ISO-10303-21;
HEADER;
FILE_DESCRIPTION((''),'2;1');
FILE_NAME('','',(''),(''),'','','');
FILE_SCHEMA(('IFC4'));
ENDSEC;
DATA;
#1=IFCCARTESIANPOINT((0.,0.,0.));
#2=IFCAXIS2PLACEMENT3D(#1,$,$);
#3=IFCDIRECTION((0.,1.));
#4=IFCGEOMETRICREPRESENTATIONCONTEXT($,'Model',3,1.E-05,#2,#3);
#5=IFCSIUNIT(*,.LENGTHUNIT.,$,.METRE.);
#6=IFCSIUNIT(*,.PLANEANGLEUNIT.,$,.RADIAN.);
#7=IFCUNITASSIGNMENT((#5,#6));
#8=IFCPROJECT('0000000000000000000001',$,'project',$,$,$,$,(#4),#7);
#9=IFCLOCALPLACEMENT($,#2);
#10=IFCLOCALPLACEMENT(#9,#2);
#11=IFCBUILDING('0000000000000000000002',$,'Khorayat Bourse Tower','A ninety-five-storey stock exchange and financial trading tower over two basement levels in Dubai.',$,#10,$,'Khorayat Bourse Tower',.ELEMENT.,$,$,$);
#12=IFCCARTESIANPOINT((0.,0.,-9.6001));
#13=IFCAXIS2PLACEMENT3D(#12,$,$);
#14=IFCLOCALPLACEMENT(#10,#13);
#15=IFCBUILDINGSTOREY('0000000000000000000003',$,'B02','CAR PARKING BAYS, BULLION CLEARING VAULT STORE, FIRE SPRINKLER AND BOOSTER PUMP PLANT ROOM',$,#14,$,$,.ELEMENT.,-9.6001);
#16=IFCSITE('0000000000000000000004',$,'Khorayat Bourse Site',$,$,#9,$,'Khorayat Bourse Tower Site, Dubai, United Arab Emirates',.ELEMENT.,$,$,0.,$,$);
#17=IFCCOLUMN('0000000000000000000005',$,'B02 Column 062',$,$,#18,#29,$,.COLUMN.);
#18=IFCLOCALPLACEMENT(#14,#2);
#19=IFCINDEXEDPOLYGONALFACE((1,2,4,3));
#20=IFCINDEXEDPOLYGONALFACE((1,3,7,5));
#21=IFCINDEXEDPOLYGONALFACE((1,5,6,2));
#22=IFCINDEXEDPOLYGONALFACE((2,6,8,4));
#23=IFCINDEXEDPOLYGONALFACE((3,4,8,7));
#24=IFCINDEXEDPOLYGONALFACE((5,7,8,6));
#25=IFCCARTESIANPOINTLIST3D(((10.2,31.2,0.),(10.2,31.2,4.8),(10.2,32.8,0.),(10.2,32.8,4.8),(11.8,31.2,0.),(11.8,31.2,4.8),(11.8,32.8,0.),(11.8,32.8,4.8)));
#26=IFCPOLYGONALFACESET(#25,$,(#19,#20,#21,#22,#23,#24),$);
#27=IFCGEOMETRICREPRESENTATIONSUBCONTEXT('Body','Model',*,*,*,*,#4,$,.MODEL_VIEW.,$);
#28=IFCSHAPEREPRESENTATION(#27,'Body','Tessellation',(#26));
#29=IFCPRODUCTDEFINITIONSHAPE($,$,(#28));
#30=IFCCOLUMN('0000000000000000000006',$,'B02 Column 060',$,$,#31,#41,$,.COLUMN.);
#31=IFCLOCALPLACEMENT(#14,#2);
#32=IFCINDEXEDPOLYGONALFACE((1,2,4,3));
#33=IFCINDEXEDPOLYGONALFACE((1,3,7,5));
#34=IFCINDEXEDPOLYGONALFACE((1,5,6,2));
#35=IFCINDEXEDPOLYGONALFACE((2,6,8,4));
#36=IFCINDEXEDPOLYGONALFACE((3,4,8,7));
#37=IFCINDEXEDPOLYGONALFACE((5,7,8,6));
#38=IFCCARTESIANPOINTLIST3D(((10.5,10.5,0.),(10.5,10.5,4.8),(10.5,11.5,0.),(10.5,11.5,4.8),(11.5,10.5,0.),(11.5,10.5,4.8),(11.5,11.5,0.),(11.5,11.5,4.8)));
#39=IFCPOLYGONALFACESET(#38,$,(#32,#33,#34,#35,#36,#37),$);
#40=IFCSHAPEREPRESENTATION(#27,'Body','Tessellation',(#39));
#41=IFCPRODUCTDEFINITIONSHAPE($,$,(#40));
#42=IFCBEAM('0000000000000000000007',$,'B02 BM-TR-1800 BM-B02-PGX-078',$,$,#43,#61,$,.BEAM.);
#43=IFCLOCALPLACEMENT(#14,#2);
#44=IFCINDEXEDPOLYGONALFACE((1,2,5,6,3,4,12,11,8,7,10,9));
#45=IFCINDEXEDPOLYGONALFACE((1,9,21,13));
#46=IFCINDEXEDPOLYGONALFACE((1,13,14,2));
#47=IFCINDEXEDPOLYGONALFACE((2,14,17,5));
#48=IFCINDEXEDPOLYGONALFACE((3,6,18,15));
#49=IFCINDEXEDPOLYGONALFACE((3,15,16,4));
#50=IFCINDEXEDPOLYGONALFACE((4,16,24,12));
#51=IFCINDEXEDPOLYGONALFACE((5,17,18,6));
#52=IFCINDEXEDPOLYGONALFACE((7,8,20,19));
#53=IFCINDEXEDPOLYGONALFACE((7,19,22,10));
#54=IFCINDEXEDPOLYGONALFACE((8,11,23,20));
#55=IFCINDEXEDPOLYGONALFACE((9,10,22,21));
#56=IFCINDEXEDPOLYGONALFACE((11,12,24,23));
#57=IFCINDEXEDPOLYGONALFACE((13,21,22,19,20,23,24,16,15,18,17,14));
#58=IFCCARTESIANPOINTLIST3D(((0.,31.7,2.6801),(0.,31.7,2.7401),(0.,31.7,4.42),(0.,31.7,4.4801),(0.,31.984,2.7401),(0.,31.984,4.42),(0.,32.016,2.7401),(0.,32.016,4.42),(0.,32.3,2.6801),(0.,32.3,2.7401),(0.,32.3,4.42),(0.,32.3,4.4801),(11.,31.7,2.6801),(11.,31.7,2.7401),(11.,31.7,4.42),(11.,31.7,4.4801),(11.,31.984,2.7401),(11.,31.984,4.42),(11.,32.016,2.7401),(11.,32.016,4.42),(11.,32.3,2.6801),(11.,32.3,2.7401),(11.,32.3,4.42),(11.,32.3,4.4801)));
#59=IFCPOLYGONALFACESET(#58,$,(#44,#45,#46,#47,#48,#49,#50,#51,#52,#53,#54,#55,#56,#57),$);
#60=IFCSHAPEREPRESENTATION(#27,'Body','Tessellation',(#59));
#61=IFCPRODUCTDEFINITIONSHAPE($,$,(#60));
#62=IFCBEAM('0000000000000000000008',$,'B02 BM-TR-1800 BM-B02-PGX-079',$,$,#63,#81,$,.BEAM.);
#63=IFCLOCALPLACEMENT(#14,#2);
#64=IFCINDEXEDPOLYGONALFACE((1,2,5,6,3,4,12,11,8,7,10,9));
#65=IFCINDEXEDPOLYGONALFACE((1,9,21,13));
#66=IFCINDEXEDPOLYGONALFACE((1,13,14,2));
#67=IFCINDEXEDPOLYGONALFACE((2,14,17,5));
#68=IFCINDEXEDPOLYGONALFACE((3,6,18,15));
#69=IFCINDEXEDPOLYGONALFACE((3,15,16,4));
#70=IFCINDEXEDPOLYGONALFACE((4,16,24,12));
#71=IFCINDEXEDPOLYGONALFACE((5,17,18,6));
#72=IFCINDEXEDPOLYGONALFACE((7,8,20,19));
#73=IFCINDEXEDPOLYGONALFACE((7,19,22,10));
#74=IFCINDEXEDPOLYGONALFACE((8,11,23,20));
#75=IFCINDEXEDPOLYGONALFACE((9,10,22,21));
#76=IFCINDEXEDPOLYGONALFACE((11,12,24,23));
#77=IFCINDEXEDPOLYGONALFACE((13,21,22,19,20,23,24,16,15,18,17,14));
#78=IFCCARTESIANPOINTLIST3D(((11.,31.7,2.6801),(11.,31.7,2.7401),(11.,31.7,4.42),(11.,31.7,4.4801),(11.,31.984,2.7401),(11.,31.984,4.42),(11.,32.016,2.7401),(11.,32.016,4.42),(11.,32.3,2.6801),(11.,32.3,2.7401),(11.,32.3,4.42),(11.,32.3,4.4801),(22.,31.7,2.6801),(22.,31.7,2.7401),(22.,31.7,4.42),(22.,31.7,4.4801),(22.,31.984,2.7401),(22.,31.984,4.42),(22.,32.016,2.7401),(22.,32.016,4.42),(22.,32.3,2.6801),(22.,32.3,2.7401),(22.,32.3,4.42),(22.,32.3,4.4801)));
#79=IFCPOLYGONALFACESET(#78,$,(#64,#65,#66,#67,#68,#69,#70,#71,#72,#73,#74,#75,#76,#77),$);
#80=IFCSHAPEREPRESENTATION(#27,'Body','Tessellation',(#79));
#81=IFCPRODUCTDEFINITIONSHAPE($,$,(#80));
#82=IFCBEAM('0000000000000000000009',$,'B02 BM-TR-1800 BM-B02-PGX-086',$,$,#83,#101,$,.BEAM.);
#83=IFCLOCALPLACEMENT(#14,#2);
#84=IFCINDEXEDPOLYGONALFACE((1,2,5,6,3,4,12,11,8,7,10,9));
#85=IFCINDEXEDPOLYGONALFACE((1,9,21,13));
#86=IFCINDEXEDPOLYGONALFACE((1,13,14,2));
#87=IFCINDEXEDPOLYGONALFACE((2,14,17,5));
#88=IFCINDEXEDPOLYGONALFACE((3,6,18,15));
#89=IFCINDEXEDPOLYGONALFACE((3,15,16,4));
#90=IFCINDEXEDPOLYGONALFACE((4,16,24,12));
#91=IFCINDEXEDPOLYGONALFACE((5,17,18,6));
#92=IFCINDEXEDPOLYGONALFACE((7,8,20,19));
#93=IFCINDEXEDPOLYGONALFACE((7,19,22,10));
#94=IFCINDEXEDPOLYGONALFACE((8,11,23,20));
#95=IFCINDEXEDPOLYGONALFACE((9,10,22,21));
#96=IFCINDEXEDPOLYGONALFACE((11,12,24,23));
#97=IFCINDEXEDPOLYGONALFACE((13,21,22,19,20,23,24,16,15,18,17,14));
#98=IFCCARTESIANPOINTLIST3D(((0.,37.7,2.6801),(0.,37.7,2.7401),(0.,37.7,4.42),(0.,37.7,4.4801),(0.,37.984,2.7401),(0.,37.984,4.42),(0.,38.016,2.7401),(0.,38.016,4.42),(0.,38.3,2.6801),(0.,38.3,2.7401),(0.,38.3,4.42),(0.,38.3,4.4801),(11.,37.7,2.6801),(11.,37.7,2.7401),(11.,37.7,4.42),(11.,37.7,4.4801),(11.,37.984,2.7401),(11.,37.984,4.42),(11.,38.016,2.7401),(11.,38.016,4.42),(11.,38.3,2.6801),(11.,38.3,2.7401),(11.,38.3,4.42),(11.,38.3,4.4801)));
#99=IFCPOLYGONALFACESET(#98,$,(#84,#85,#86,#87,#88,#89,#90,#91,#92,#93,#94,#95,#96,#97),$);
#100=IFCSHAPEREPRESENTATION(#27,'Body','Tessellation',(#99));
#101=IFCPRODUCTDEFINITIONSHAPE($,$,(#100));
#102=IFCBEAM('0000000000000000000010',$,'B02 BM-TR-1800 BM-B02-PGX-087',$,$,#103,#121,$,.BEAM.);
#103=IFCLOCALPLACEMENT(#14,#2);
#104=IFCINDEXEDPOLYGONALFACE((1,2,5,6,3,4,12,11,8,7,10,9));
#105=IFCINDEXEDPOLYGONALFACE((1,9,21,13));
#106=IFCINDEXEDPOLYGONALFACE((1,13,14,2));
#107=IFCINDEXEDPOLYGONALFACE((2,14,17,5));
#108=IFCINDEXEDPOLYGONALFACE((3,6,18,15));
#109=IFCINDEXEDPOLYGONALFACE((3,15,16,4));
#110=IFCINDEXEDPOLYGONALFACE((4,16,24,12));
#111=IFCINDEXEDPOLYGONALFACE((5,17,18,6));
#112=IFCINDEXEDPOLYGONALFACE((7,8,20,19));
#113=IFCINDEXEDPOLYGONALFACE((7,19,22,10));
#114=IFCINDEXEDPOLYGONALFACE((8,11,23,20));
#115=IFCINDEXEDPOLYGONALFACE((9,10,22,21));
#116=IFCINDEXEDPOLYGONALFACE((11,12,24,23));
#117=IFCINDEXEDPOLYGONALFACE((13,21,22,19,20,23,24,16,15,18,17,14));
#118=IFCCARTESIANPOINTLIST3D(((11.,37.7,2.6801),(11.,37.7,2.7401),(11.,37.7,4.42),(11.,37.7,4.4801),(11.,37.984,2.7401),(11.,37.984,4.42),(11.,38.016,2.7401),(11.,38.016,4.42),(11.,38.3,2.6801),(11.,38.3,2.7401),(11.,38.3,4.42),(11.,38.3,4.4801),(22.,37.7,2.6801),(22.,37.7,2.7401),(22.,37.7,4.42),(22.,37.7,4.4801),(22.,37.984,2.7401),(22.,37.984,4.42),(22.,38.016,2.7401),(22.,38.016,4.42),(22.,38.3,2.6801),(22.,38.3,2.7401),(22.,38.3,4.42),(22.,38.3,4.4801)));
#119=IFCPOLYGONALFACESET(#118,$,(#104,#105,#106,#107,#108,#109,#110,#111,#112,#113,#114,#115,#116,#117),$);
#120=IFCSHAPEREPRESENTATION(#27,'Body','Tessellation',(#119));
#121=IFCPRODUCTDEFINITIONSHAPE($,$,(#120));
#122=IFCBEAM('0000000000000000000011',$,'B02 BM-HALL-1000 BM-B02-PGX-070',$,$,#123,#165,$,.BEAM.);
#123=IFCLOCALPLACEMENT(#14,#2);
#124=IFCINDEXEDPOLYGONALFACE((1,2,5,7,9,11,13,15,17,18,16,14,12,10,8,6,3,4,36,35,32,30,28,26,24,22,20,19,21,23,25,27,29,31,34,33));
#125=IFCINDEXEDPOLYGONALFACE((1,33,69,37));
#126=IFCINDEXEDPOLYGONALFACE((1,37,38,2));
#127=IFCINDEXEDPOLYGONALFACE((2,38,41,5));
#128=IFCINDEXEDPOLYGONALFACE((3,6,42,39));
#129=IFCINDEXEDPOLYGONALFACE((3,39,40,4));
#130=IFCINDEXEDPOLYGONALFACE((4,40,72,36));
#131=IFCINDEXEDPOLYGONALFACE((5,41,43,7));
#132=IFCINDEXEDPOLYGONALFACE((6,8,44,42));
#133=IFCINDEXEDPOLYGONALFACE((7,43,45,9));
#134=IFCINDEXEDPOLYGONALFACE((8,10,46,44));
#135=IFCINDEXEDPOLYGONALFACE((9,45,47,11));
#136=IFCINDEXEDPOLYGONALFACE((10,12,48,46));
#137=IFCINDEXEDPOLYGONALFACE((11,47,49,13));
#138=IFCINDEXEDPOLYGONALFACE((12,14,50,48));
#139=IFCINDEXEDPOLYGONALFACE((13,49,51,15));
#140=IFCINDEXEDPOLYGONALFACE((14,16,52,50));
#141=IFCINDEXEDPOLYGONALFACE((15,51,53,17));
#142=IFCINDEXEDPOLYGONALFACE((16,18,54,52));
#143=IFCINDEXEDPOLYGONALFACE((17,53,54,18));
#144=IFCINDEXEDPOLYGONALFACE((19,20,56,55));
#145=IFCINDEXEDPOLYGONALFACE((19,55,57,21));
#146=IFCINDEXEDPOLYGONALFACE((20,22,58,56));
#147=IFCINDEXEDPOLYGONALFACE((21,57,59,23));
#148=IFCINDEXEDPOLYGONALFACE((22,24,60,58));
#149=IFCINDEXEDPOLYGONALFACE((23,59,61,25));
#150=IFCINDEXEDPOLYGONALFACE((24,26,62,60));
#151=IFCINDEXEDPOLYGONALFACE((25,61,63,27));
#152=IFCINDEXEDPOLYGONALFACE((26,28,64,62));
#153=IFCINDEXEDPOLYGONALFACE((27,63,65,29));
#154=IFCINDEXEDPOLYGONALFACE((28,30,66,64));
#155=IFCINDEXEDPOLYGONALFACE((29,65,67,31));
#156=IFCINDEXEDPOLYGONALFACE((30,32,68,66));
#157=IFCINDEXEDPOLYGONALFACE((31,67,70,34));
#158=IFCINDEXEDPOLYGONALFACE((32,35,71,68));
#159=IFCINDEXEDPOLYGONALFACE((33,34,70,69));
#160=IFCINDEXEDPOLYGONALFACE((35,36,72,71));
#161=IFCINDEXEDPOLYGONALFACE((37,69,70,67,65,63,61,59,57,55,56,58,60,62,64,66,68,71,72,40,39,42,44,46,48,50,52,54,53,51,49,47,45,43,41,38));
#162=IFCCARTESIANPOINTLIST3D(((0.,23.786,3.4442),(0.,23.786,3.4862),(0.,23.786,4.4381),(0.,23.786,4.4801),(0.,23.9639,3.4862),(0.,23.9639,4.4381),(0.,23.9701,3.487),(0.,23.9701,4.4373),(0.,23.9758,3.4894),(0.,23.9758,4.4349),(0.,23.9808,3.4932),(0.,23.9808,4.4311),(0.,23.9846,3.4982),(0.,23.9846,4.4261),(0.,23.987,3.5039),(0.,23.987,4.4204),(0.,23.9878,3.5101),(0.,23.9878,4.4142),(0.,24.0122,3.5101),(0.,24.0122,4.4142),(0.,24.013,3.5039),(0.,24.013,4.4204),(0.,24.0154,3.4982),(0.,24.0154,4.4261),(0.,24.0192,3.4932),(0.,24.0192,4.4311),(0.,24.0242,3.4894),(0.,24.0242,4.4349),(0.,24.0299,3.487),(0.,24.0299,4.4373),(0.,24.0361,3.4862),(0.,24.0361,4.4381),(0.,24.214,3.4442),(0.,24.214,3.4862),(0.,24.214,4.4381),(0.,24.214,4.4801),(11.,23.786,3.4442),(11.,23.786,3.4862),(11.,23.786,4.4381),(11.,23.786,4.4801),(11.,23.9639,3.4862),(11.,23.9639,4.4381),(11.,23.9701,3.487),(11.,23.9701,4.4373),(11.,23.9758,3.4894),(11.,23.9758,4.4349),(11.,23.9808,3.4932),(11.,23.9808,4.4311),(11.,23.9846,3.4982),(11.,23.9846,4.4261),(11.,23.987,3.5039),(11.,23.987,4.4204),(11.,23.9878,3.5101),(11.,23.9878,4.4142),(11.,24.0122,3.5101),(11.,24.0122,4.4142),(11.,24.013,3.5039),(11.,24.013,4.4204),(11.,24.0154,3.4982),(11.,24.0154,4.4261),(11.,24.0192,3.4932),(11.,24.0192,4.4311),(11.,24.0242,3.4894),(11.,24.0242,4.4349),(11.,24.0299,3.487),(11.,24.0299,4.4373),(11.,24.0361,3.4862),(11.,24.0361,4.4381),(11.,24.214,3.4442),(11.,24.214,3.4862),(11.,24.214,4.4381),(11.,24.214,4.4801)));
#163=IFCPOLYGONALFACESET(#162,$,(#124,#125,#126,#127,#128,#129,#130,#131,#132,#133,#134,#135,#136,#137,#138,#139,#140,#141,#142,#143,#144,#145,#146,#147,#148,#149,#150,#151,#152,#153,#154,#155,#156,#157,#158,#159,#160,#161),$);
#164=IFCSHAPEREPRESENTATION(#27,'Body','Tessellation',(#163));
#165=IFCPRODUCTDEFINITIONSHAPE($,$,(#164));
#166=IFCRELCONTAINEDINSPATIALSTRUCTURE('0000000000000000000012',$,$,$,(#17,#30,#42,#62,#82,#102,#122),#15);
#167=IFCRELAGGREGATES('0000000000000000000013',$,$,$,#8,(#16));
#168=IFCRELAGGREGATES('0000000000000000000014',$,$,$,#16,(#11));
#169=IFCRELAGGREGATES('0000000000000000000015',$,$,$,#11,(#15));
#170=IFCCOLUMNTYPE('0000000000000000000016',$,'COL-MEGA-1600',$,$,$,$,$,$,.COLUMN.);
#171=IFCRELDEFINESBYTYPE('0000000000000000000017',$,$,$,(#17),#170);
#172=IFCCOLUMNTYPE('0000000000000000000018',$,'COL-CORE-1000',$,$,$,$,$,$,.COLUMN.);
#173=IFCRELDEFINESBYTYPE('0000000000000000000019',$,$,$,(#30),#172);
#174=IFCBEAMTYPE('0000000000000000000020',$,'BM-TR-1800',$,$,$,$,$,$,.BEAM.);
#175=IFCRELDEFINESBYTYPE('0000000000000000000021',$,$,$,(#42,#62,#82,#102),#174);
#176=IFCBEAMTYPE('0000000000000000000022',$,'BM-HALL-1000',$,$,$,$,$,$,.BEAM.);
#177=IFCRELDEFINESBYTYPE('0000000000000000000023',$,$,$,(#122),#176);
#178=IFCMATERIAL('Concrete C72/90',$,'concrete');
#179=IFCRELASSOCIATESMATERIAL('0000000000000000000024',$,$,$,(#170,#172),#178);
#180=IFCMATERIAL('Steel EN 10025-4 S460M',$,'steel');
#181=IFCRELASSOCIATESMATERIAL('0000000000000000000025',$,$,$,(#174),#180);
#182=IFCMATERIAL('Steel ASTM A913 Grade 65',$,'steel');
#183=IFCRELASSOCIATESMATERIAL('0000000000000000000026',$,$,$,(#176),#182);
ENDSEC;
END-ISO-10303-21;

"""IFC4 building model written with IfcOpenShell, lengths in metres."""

from ifc_helpers import new_model, si_unit, direction, frame, origin, origin_2d, place, context, subcontext, project, spatial, rectangle, i_section, extrude, source, transform, mapped, material, material_profile, profile_set, type_object, element, save


model = new_model("IFC4")

# Units and contexts
model_context = context("Model", 3, precision=1e-05, world=origin(), true_north=direction((0.0, 1.0)))
body_context = subcontext(model_context, "Body", "Model", "MODEL_VIEW")
ifc_project = project(units=[si_unit("LENGTHUNIT", "METRE"), si_unit("PLANEANGLEUNIT", "RADIAN")], contexts=[model_context])

# Site, building, storey
site_placement = place(None, origin())
site = spatial("IfcSite", under=ifc_project, at=site_placement, Name="Khorayat Bourse Site", LongName="Khorayat Bourse Tower Site, Dubai, United Arab Emirates", CompositionType="ELEMENT", RefElevation=0.0)
building_placement = place(site_placement, origin())
building = spatial("IfcBuilding", under=site, at=building_placement, Name="Khorayat Bourse Tower", Description="A ninety-five-storey stock exchange and financial trading tower over two basement levels in Dubai.", LongName="Khorayat Bourse Tower", CompositionType="ELEMENT")
storey_placement = place(building_placement, frame((0.0, 0.0, -9.6001)))
storey = spatial("IfcBuildingStorey", under=building, at=storey_placement, Name="B02", Description="CAR PARKING BAYS, BULLION CLEARING VAULT STORE, FIRE SPRINKLER AND BOOSTER PUMP PLANT ROOM", CompositionType="ELEMENT", Elevation=-9.6001)

# Columns
ifc_material_1 = material(Name="Concrete C72/90", Category="concrete")
ifc_material_profile_1 = material_profile(ifc_material_1, rectangle(XDim=1.6001, YDim=1.6001, at=origin_2d()), Name="RC 1600x1600")
ifc_profile_set_1 = profile_set([ifc_material_profile_1], Name="Concrete C72/90")
column_type_1 = type_object("IfcColumnType", Name="COL-MEGA-1600", PredefinedType="COLUMN", material=ifc_profile_set_1)
shared_shape_1 = source(origin(), body_context, "Body", "SweptSolid", [
    extrude(rectangle(XDim=1.6001, YDim=1.6001, at=origin_2d()), origin(), (0.0, 0.0, 1.0), 4.8),
])
for number, where, z_axis, x_axis, name in (
    (1, (11.0, 32.0, 0.0), (0.0, 0.0, 1.0), (1.0, 0.0, 0.0), "B02 Column 062"),
):
    element("IfcColumn", number, at=place(storey_placement, frame(where, z_axis=z_axis, x_axis=x_axis)), inside=storey, type_object=column_type_1, Name=name, PredefinedType="COLUMN", context=body_context, shape_type="MappedRepresentation", body=[
        mapped(shared_shape_1, transform((0.0, 0.0, 0.0), scale=1.0)),
    ])
ifc_material_profile_2 = material_profile(ifc_material_1, rectangle(XDim=1.0, YDim=1.0, at=origin_2d()), Name="RC 1000x1000")
ifc_profile_set_2 = profile_set([ifc_material_profile_2], Name="Concrete C72/90")
column_type_2 = type_object("IfcColumnType", Name="COL-CORE-1000", PredefinedType="COLUMN", material=ifc_profile_set_2)
shared_shape_2 = source(origin(), body_context, "Body", "SweptSolid", [
    extrude(rectangle(XDim=1.0, YDim=1.0, at=origin_2d()), origin(), (0.0, 0.0, 1.0), 4.8),
])
column_placement = place(storey_placement, frame((11.0, 11.0, 0.0), z_axis=(0.0, 0.0, 1.0), x_axis=(1.0, 0.0, 0.0)))
element("IfcColumn", 2, at=column_placement, inside=storey, type_object=column_type_2, Name="B02 Column 060", PredefinedType="COLUMN", context=body_context, shape_type="MappedRepresentation", body=[
    mapped(shared_shape_2, transform((0.0, 0.0, 0.0), scale=1.0)),
])

# Beams
ifc_material_2 = material(Name="Steel EN 10025-4 S460M", Category="steel")
ifc_material_profile_3 = material_profile(ifc_material_2, i_section(OverallWidth=0.6001, OverallDepth=1.8, WebThickness=0.032, FlangeThickness=0.0601, at=origin_2d()), Name="PG 1800x600x32x60")
ifc_profile_set_3 = profile_set([ifc_material_profile_3], Name="Steel EN 10025-4 S460M")
beam_type_1 = type_object("IfcBeamType", Name="BM-TR-1800", PredefinedType="BEAM", material=ifc_profile_set_3)
shared_shape_3 = source(origin(), body_context, "Body", "SweptSolid", [
    extrude(i_section(OverallWidth=0.6001, OverallDepth=1.8, WebThickness=0.032, FlangeThickness=0.0601, at=origin_2d()), origin(), (0.0, 0.0, 1.0), 11.0),
])
for number, where, z_axis, x_axis, name in (
    (3, (0.0, 32.0, 3.5801), (1.0, 0.0, 0.0), (0.0, 1.0, 0.0), "B02 BM-TR-1800 BM-B02-PGX-078"),
    (4, (11.0, 32.0, 3.5801), (1.0, 0.0, 0.0), (0.0, 1.0, 0.0), "B02 BM-TR-1800 BM-B02-PGX-079"),
    (5, (0.0, 38.0, 3.5801), (1.0, 0.0, 0.0), (0.0, 1.0, 0.0), "B02 BM-TR-1800 BM-B02-PGX-086"),
    (6, (11.0, 38.0, 3.5801), (1.0, 0.0, 0.0), (0.0, 1.0, 0.0), "B02 BM-TR-1800 BM-B02-PGX-087"),
):
    element("IfcBeam", number, at=place(storey_placement, frame(where, z_axis=z_axis, x_axis=x_axis)), inside=storey, type_object=beam_type_1, Name=name, PredefinedType="BEAM", context=body_context, shape_type="MappedRepresentation", body=[
        mapped(shared_shape_3, transform((0.0, 0.0, 0.0), scale=1.0)),
    ])
ifc_material_3 = material(Name="Steel ASTM A913 Grade 65", Category="steel")
ifc_material_profile_4 = material_profile(ifc_material_3, i_section(OverallWidth=0.428, OverallDepth=1.0359, WebThickness=0.0244, FlangeThickness=0.042, FilletRadius=0.0239, at=origin_2d()), Name="W1000X443")
ifc_profile_set_4 = profile_set([ifc_material_profile_4], Name="Steel ASTM A913 Grade 65")
beam_type_2 = type_object("IfcBeamType", Name="BM-HALL-1000", PredefinedType="BEAM", material=ifc_profile_set_4)
shared_shape_4 = source(origin(), body_context, "Body", "SweptSolid", [
    extrude(i_section(OverallWidth=0.428, OverallDepth=1.0359, WebThickness=0.0244, FlangeThickness=0.042, FilletRadius=0.0239, at=origin_2d()), origin(), (0.0, 0.0, 1.0), 11.0),
])
for number, where, z_axis, x_axis, name in (
    (7, (0.0, 24.0, 3.9622), (1.0, 0.0, 0.0), (0.0, 1.0, 0.0), "B02 BM-HALL-1000 BM-B02-PGX-070"),
):
    element("IfcBeam", number, at=place(storey_placement, frame(where, z_axis=z_axis, x_axis=x_axis)), inside=storey, type_object=beam_type_2, Name=name, PredefinedType="BEAM", context=body_context, shape_type="MappedRepresentation", body=[
        mapped(shared_shape_4, transform((0.0, 0.0, 0.0), scale=1.0)),
    ])

save(model, "model.ifc")
